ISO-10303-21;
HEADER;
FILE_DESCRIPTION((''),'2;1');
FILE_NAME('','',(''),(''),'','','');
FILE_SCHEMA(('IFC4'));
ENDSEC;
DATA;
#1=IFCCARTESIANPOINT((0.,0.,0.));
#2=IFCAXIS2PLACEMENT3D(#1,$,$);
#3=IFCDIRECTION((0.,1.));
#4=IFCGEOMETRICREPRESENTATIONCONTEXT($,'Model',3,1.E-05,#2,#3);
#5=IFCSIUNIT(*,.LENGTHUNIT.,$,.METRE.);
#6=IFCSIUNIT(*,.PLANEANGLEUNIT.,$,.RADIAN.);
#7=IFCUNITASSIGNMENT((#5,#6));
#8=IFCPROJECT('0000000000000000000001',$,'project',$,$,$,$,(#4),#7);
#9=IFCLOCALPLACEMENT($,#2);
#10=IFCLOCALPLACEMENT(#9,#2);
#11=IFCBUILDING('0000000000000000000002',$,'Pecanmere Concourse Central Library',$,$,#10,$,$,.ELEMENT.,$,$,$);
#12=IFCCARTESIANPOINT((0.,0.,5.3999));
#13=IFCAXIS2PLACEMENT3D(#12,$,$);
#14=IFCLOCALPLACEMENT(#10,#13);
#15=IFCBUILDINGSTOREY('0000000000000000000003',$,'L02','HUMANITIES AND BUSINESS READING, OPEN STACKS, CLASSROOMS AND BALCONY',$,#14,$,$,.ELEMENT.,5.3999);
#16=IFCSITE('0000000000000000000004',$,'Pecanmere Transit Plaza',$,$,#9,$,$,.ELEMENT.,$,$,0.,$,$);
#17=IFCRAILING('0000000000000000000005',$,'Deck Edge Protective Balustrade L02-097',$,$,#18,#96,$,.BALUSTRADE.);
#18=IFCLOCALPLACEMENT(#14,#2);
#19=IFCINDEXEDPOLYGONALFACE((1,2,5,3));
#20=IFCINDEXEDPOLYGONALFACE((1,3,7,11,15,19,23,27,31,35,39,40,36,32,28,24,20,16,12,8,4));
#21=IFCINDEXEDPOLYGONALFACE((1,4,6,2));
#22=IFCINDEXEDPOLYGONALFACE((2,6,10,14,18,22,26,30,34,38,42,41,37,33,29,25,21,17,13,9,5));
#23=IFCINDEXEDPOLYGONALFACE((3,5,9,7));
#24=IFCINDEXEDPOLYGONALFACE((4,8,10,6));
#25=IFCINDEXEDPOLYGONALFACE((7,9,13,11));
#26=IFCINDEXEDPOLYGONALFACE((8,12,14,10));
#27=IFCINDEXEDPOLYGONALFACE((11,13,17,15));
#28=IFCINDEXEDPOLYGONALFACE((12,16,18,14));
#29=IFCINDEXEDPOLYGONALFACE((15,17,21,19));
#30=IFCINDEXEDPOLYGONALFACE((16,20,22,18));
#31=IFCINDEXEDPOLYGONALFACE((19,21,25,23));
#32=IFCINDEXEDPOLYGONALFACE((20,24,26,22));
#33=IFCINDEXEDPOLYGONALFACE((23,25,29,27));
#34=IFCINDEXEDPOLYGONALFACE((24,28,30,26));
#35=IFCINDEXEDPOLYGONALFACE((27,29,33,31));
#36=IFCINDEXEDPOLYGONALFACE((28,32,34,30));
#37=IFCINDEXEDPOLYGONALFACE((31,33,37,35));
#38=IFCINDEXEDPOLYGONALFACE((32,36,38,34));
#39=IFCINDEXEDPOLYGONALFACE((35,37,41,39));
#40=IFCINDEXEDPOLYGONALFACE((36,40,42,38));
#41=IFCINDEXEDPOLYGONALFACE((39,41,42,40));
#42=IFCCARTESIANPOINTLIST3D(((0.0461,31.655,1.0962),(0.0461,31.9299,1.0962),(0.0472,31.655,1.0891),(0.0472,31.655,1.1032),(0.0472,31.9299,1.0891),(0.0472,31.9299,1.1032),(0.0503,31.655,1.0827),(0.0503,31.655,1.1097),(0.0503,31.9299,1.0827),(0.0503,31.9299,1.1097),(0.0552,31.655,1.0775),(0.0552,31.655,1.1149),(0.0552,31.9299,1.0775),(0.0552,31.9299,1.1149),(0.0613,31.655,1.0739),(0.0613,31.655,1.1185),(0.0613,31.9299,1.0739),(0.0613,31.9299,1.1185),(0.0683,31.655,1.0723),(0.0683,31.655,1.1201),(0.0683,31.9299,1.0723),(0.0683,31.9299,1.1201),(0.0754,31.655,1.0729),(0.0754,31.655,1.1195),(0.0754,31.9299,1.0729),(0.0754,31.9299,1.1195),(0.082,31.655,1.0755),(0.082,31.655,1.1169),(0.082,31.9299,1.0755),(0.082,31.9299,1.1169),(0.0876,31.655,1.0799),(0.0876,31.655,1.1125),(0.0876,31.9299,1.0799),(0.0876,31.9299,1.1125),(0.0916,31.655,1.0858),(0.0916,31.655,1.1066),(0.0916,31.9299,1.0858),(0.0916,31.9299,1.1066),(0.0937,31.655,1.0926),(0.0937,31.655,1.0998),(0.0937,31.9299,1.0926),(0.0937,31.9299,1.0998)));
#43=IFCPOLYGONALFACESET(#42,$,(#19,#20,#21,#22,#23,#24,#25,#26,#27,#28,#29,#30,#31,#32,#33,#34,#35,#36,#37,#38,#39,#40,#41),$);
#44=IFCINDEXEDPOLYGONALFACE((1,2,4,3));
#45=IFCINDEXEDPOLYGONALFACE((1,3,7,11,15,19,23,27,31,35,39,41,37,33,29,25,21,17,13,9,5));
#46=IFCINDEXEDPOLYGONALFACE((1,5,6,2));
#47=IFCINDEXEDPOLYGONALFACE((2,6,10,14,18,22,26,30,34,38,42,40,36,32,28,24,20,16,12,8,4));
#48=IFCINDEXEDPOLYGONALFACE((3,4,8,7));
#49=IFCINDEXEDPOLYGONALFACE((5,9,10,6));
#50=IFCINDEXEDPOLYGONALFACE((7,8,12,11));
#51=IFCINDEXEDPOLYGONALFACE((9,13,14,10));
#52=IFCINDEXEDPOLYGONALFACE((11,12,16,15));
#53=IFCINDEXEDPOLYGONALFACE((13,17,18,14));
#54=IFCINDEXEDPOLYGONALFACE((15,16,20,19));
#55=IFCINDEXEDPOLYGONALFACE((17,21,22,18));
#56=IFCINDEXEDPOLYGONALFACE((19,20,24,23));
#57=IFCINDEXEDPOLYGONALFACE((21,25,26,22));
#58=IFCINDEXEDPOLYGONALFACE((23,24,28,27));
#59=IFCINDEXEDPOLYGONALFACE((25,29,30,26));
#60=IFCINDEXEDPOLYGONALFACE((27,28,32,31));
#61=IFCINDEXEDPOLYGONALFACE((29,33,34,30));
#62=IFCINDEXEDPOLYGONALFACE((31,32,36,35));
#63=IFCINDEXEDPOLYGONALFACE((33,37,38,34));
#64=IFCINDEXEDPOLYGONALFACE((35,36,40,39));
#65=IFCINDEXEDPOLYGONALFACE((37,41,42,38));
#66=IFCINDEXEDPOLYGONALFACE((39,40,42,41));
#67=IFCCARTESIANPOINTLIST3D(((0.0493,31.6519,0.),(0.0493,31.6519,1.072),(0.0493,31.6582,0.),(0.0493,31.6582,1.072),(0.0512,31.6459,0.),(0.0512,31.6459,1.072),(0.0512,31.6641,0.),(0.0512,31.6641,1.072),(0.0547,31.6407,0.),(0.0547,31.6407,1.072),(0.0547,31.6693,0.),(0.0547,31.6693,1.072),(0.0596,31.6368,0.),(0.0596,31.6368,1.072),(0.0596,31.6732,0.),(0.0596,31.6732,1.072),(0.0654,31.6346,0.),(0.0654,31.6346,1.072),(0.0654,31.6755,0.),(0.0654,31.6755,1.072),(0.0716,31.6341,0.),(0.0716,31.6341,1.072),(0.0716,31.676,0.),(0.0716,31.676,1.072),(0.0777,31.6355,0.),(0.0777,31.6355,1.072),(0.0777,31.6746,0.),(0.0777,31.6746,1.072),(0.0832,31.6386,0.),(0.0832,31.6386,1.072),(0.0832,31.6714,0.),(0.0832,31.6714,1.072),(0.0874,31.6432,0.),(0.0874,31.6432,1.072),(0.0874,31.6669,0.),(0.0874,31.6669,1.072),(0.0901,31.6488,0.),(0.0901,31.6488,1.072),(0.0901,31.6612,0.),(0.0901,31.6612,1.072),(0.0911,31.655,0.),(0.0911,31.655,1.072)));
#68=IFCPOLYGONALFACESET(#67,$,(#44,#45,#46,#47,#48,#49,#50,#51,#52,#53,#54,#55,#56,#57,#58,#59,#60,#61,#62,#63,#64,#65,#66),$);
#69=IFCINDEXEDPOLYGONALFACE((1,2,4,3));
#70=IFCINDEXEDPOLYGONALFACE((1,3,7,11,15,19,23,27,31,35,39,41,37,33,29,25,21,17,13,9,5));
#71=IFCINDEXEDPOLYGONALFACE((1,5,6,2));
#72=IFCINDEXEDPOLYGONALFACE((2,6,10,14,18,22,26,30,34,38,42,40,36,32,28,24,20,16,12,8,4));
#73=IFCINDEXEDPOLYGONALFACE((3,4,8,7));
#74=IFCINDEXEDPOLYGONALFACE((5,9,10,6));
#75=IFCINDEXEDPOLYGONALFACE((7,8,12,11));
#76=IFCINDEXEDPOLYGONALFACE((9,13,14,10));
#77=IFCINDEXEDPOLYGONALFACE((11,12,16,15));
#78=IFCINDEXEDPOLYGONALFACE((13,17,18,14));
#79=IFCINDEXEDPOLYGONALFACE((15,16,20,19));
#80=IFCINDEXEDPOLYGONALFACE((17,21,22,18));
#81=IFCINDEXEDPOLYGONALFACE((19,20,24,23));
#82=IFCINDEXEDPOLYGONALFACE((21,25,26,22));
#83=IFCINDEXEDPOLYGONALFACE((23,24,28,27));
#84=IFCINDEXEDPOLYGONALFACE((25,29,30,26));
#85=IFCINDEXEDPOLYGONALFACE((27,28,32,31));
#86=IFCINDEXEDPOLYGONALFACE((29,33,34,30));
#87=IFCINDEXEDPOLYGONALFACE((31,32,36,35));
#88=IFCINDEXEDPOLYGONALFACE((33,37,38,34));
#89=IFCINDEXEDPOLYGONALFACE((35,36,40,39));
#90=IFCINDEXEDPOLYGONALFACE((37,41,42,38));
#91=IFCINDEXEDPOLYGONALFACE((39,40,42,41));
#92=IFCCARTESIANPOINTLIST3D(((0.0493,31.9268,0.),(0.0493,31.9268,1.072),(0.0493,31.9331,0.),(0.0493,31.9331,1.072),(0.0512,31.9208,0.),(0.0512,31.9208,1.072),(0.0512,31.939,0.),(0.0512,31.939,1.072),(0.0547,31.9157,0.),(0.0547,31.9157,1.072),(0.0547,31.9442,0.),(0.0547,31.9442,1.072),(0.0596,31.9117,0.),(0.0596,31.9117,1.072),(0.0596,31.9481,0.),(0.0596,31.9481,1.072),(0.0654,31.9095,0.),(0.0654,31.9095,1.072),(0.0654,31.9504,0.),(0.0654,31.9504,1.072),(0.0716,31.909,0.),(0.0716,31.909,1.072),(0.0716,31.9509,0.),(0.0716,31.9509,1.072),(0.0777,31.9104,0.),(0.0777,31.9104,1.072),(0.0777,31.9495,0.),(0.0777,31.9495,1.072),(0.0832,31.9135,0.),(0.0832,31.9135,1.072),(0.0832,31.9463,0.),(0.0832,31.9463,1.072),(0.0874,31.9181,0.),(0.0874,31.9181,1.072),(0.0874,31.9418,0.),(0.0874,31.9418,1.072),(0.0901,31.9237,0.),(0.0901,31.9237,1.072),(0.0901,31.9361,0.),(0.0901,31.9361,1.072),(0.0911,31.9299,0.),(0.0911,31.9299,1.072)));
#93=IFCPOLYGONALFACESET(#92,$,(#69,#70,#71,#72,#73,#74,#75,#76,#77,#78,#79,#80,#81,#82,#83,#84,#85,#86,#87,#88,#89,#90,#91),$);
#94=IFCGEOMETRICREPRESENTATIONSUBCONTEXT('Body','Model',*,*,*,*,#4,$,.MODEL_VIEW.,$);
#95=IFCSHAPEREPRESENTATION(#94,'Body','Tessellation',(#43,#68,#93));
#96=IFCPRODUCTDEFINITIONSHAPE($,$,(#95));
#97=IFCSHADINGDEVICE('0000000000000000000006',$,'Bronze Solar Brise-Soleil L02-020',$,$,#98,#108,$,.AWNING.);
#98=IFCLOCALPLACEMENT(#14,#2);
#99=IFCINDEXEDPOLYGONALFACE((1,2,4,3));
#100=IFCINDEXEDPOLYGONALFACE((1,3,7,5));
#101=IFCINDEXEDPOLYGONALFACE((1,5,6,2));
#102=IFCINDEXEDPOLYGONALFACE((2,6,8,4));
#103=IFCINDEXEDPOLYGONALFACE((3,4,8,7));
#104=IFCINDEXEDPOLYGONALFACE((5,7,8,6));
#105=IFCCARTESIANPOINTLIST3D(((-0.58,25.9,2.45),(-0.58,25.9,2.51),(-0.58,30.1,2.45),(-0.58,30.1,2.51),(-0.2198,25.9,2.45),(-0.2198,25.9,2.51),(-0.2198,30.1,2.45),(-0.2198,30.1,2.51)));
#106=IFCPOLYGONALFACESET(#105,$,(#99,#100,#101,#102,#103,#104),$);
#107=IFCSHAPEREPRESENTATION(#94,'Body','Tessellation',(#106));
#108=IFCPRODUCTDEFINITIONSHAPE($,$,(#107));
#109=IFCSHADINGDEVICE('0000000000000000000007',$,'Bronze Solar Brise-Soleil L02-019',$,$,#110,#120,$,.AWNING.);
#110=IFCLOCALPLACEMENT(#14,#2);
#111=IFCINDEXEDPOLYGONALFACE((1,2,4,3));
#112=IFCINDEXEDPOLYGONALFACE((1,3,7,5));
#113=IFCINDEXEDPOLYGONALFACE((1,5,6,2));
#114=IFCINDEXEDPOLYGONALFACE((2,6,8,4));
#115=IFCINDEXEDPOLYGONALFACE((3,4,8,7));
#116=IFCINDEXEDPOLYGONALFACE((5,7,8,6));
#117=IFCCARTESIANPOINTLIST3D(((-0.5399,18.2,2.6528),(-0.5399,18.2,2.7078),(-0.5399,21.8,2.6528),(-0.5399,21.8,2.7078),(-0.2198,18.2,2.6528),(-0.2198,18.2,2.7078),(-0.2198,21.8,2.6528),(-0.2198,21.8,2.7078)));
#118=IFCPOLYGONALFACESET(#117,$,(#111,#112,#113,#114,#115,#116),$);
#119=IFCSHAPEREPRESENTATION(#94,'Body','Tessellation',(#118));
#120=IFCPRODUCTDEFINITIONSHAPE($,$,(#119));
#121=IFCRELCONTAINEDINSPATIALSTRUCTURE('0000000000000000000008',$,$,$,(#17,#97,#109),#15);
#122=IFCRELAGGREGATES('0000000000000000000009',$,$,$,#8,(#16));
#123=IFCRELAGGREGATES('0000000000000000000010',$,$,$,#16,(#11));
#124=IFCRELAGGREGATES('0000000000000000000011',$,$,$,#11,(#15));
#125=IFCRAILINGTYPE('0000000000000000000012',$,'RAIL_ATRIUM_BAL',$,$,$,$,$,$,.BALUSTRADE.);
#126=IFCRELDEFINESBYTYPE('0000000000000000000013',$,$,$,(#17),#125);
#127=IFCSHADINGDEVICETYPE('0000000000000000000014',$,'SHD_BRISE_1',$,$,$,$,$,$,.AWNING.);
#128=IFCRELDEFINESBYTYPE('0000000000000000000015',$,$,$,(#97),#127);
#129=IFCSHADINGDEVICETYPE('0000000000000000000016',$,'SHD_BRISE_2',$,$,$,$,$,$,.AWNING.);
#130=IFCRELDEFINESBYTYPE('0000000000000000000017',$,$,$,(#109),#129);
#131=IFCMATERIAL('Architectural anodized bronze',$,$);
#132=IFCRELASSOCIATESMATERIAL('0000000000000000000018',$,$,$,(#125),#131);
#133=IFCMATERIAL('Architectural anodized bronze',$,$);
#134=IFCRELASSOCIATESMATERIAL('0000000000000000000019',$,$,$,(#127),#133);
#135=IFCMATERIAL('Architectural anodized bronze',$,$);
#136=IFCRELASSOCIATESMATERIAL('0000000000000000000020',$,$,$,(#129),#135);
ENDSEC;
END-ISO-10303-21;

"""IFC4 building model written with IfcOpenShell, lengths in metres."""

from ifc_helpers import new_model, si_unit, direction, frame, origin, origin_2d, place, context, subcontext, project, spatial, rectangle, circle, extrude, material, type_object, element, save


model = new_model("IFC4")

# Units and contexts
model_context = context("Model", 3, precision=1e-05, world=origin(), true_north=direction((0.0, 1.0)))
body_context = subcontext(model_context, "Body", "Model", "MODEL_VIEW")
ifc_project = project(units=[si_unit("LENGTHUNIT", "METRE"), si_unit("PLANEANGLEUNIT", "RADIAN")], contexts=[model_context])

# Site, building, storey
site_placement = place(None, origin())
site = spatial("IfcSite", under=ifc_project, at=site_placement, Name="Pecanmere Transit Plaza", CompositionType="ELEMENT", RefElevation=0.0)
building_placement = place(site_placement, origin())
building = spatial("IfcBuilding", under=site, at=building_placement, Name="Pecanmere Concourse Central Library", CompositionType="ELEMENT")
storey_placement = place(building_placement, frame((0.0, 0.0, 5.3999)))
storey = spatial("IfcBuildingStorey", under=building, at=storey_placement, Name="L02", Description="HUMANITIES AND BUSINESS READING, OPEN STACKS, CLASSROOMS AND BALCONY", CompositionType="ELEMENT", Elevation=5.3999)

# Railing
ifc_material_1 = material(Name="Architectural anodized bronze")
railing_type = type_object("IfcRailingType", Name="RAIL_ATRIUM_BAL", PredefinedType="BALUSTRADE", material=ifc_material_1)
railing_1_placement = place(storey_placement, frame((0.0701, 31.655, 0.0)))
element("IfcRailing", 1, at=railing_1_placement, inside=storey, type_object=railing_type, Name="Deck Edge Protective Balustrade L02-097", PredefinedType="BALUSTRADE", context=body_context, shape_type="SweptSolid", body=[
    extrude(circle(Radius=0.0239, at=origin_2d()), frame((0.0, 0.0, 1.0962), z_axis=(0.0, 1.0, 0.0), x_axis=(-1.0, 0.0, 0.0)), (0.0, 0.0, 1.0), 0.2749),
    extrude(circle(Radius=0.021, at=origin_2d()), origin(), (0.0, 0.0, 1.0), 1.072),
    extrude(circle(Radius=0.021, at=origin_2d()), frame((0.0, 0.2749, 0.0)), (0.0, 0.0, 1.0), 1.072),
])

# Shading devices
ifc_material_2 = material(Name="Architectural anodized bronze")
shading_device_type_1 = type_object("IfcShadingDeviceType", Name="SHD_BRISE_1", PredefinedType="AWNING", material=ifc_material_2)
shading_device_1_placement = place(storey_placement, frame((-0.3999, 28.0, 2.45), z_axis=(0.0, 0.0, 1.0), x_axis=(0.0, -1.0, 0.0)))
element("IfcShadingDevice", 2, at=shading_device_1_placement, inside=storey, type_object=shading_device_type_1, Name="Bronze Solar Brise-Soleil L02-020", PredefinedType="AWNING", context=body_context, shape_type="SweptSolid", body=[
    extrude(rectangle(XDim=4.2, YDim=0.3601, at=origin_2d()), origin(), (0.0, 0.0, 1.0), 0.0601),
])
ifc_material_3 = material(Name="Architectural anodized bronze")
shading_device_type_2 = type_object("IfcShadingDeviceType", Name="SHD_BRISE_2", PredefinedType="AWNING", material=ifc_material_3)
shading_device_2_placement = place(storey_placement, frame((-0.3799, 20.0, 2.6528), z_axis=(0.0, 0.0, 1.0), x_axis=(0.0, -1.0, 0.0)))
element("IfcShadingDevice", 3, at=shading_device_2_placement, inside=storey, type_object=shading_device_type_2, Name="Bronze Solar Brise-Soleil L02-019", PredefinedType="AWNING", context=body_context, shape_type="SweptSolid", body=[
    extrude(rectangle(XDim=3.6001, YDim=0.3201, at=origin_2d()), origin(), (0.0, 0.0, 1.0), 0.0549),
])

save(model, "model.ifc")
